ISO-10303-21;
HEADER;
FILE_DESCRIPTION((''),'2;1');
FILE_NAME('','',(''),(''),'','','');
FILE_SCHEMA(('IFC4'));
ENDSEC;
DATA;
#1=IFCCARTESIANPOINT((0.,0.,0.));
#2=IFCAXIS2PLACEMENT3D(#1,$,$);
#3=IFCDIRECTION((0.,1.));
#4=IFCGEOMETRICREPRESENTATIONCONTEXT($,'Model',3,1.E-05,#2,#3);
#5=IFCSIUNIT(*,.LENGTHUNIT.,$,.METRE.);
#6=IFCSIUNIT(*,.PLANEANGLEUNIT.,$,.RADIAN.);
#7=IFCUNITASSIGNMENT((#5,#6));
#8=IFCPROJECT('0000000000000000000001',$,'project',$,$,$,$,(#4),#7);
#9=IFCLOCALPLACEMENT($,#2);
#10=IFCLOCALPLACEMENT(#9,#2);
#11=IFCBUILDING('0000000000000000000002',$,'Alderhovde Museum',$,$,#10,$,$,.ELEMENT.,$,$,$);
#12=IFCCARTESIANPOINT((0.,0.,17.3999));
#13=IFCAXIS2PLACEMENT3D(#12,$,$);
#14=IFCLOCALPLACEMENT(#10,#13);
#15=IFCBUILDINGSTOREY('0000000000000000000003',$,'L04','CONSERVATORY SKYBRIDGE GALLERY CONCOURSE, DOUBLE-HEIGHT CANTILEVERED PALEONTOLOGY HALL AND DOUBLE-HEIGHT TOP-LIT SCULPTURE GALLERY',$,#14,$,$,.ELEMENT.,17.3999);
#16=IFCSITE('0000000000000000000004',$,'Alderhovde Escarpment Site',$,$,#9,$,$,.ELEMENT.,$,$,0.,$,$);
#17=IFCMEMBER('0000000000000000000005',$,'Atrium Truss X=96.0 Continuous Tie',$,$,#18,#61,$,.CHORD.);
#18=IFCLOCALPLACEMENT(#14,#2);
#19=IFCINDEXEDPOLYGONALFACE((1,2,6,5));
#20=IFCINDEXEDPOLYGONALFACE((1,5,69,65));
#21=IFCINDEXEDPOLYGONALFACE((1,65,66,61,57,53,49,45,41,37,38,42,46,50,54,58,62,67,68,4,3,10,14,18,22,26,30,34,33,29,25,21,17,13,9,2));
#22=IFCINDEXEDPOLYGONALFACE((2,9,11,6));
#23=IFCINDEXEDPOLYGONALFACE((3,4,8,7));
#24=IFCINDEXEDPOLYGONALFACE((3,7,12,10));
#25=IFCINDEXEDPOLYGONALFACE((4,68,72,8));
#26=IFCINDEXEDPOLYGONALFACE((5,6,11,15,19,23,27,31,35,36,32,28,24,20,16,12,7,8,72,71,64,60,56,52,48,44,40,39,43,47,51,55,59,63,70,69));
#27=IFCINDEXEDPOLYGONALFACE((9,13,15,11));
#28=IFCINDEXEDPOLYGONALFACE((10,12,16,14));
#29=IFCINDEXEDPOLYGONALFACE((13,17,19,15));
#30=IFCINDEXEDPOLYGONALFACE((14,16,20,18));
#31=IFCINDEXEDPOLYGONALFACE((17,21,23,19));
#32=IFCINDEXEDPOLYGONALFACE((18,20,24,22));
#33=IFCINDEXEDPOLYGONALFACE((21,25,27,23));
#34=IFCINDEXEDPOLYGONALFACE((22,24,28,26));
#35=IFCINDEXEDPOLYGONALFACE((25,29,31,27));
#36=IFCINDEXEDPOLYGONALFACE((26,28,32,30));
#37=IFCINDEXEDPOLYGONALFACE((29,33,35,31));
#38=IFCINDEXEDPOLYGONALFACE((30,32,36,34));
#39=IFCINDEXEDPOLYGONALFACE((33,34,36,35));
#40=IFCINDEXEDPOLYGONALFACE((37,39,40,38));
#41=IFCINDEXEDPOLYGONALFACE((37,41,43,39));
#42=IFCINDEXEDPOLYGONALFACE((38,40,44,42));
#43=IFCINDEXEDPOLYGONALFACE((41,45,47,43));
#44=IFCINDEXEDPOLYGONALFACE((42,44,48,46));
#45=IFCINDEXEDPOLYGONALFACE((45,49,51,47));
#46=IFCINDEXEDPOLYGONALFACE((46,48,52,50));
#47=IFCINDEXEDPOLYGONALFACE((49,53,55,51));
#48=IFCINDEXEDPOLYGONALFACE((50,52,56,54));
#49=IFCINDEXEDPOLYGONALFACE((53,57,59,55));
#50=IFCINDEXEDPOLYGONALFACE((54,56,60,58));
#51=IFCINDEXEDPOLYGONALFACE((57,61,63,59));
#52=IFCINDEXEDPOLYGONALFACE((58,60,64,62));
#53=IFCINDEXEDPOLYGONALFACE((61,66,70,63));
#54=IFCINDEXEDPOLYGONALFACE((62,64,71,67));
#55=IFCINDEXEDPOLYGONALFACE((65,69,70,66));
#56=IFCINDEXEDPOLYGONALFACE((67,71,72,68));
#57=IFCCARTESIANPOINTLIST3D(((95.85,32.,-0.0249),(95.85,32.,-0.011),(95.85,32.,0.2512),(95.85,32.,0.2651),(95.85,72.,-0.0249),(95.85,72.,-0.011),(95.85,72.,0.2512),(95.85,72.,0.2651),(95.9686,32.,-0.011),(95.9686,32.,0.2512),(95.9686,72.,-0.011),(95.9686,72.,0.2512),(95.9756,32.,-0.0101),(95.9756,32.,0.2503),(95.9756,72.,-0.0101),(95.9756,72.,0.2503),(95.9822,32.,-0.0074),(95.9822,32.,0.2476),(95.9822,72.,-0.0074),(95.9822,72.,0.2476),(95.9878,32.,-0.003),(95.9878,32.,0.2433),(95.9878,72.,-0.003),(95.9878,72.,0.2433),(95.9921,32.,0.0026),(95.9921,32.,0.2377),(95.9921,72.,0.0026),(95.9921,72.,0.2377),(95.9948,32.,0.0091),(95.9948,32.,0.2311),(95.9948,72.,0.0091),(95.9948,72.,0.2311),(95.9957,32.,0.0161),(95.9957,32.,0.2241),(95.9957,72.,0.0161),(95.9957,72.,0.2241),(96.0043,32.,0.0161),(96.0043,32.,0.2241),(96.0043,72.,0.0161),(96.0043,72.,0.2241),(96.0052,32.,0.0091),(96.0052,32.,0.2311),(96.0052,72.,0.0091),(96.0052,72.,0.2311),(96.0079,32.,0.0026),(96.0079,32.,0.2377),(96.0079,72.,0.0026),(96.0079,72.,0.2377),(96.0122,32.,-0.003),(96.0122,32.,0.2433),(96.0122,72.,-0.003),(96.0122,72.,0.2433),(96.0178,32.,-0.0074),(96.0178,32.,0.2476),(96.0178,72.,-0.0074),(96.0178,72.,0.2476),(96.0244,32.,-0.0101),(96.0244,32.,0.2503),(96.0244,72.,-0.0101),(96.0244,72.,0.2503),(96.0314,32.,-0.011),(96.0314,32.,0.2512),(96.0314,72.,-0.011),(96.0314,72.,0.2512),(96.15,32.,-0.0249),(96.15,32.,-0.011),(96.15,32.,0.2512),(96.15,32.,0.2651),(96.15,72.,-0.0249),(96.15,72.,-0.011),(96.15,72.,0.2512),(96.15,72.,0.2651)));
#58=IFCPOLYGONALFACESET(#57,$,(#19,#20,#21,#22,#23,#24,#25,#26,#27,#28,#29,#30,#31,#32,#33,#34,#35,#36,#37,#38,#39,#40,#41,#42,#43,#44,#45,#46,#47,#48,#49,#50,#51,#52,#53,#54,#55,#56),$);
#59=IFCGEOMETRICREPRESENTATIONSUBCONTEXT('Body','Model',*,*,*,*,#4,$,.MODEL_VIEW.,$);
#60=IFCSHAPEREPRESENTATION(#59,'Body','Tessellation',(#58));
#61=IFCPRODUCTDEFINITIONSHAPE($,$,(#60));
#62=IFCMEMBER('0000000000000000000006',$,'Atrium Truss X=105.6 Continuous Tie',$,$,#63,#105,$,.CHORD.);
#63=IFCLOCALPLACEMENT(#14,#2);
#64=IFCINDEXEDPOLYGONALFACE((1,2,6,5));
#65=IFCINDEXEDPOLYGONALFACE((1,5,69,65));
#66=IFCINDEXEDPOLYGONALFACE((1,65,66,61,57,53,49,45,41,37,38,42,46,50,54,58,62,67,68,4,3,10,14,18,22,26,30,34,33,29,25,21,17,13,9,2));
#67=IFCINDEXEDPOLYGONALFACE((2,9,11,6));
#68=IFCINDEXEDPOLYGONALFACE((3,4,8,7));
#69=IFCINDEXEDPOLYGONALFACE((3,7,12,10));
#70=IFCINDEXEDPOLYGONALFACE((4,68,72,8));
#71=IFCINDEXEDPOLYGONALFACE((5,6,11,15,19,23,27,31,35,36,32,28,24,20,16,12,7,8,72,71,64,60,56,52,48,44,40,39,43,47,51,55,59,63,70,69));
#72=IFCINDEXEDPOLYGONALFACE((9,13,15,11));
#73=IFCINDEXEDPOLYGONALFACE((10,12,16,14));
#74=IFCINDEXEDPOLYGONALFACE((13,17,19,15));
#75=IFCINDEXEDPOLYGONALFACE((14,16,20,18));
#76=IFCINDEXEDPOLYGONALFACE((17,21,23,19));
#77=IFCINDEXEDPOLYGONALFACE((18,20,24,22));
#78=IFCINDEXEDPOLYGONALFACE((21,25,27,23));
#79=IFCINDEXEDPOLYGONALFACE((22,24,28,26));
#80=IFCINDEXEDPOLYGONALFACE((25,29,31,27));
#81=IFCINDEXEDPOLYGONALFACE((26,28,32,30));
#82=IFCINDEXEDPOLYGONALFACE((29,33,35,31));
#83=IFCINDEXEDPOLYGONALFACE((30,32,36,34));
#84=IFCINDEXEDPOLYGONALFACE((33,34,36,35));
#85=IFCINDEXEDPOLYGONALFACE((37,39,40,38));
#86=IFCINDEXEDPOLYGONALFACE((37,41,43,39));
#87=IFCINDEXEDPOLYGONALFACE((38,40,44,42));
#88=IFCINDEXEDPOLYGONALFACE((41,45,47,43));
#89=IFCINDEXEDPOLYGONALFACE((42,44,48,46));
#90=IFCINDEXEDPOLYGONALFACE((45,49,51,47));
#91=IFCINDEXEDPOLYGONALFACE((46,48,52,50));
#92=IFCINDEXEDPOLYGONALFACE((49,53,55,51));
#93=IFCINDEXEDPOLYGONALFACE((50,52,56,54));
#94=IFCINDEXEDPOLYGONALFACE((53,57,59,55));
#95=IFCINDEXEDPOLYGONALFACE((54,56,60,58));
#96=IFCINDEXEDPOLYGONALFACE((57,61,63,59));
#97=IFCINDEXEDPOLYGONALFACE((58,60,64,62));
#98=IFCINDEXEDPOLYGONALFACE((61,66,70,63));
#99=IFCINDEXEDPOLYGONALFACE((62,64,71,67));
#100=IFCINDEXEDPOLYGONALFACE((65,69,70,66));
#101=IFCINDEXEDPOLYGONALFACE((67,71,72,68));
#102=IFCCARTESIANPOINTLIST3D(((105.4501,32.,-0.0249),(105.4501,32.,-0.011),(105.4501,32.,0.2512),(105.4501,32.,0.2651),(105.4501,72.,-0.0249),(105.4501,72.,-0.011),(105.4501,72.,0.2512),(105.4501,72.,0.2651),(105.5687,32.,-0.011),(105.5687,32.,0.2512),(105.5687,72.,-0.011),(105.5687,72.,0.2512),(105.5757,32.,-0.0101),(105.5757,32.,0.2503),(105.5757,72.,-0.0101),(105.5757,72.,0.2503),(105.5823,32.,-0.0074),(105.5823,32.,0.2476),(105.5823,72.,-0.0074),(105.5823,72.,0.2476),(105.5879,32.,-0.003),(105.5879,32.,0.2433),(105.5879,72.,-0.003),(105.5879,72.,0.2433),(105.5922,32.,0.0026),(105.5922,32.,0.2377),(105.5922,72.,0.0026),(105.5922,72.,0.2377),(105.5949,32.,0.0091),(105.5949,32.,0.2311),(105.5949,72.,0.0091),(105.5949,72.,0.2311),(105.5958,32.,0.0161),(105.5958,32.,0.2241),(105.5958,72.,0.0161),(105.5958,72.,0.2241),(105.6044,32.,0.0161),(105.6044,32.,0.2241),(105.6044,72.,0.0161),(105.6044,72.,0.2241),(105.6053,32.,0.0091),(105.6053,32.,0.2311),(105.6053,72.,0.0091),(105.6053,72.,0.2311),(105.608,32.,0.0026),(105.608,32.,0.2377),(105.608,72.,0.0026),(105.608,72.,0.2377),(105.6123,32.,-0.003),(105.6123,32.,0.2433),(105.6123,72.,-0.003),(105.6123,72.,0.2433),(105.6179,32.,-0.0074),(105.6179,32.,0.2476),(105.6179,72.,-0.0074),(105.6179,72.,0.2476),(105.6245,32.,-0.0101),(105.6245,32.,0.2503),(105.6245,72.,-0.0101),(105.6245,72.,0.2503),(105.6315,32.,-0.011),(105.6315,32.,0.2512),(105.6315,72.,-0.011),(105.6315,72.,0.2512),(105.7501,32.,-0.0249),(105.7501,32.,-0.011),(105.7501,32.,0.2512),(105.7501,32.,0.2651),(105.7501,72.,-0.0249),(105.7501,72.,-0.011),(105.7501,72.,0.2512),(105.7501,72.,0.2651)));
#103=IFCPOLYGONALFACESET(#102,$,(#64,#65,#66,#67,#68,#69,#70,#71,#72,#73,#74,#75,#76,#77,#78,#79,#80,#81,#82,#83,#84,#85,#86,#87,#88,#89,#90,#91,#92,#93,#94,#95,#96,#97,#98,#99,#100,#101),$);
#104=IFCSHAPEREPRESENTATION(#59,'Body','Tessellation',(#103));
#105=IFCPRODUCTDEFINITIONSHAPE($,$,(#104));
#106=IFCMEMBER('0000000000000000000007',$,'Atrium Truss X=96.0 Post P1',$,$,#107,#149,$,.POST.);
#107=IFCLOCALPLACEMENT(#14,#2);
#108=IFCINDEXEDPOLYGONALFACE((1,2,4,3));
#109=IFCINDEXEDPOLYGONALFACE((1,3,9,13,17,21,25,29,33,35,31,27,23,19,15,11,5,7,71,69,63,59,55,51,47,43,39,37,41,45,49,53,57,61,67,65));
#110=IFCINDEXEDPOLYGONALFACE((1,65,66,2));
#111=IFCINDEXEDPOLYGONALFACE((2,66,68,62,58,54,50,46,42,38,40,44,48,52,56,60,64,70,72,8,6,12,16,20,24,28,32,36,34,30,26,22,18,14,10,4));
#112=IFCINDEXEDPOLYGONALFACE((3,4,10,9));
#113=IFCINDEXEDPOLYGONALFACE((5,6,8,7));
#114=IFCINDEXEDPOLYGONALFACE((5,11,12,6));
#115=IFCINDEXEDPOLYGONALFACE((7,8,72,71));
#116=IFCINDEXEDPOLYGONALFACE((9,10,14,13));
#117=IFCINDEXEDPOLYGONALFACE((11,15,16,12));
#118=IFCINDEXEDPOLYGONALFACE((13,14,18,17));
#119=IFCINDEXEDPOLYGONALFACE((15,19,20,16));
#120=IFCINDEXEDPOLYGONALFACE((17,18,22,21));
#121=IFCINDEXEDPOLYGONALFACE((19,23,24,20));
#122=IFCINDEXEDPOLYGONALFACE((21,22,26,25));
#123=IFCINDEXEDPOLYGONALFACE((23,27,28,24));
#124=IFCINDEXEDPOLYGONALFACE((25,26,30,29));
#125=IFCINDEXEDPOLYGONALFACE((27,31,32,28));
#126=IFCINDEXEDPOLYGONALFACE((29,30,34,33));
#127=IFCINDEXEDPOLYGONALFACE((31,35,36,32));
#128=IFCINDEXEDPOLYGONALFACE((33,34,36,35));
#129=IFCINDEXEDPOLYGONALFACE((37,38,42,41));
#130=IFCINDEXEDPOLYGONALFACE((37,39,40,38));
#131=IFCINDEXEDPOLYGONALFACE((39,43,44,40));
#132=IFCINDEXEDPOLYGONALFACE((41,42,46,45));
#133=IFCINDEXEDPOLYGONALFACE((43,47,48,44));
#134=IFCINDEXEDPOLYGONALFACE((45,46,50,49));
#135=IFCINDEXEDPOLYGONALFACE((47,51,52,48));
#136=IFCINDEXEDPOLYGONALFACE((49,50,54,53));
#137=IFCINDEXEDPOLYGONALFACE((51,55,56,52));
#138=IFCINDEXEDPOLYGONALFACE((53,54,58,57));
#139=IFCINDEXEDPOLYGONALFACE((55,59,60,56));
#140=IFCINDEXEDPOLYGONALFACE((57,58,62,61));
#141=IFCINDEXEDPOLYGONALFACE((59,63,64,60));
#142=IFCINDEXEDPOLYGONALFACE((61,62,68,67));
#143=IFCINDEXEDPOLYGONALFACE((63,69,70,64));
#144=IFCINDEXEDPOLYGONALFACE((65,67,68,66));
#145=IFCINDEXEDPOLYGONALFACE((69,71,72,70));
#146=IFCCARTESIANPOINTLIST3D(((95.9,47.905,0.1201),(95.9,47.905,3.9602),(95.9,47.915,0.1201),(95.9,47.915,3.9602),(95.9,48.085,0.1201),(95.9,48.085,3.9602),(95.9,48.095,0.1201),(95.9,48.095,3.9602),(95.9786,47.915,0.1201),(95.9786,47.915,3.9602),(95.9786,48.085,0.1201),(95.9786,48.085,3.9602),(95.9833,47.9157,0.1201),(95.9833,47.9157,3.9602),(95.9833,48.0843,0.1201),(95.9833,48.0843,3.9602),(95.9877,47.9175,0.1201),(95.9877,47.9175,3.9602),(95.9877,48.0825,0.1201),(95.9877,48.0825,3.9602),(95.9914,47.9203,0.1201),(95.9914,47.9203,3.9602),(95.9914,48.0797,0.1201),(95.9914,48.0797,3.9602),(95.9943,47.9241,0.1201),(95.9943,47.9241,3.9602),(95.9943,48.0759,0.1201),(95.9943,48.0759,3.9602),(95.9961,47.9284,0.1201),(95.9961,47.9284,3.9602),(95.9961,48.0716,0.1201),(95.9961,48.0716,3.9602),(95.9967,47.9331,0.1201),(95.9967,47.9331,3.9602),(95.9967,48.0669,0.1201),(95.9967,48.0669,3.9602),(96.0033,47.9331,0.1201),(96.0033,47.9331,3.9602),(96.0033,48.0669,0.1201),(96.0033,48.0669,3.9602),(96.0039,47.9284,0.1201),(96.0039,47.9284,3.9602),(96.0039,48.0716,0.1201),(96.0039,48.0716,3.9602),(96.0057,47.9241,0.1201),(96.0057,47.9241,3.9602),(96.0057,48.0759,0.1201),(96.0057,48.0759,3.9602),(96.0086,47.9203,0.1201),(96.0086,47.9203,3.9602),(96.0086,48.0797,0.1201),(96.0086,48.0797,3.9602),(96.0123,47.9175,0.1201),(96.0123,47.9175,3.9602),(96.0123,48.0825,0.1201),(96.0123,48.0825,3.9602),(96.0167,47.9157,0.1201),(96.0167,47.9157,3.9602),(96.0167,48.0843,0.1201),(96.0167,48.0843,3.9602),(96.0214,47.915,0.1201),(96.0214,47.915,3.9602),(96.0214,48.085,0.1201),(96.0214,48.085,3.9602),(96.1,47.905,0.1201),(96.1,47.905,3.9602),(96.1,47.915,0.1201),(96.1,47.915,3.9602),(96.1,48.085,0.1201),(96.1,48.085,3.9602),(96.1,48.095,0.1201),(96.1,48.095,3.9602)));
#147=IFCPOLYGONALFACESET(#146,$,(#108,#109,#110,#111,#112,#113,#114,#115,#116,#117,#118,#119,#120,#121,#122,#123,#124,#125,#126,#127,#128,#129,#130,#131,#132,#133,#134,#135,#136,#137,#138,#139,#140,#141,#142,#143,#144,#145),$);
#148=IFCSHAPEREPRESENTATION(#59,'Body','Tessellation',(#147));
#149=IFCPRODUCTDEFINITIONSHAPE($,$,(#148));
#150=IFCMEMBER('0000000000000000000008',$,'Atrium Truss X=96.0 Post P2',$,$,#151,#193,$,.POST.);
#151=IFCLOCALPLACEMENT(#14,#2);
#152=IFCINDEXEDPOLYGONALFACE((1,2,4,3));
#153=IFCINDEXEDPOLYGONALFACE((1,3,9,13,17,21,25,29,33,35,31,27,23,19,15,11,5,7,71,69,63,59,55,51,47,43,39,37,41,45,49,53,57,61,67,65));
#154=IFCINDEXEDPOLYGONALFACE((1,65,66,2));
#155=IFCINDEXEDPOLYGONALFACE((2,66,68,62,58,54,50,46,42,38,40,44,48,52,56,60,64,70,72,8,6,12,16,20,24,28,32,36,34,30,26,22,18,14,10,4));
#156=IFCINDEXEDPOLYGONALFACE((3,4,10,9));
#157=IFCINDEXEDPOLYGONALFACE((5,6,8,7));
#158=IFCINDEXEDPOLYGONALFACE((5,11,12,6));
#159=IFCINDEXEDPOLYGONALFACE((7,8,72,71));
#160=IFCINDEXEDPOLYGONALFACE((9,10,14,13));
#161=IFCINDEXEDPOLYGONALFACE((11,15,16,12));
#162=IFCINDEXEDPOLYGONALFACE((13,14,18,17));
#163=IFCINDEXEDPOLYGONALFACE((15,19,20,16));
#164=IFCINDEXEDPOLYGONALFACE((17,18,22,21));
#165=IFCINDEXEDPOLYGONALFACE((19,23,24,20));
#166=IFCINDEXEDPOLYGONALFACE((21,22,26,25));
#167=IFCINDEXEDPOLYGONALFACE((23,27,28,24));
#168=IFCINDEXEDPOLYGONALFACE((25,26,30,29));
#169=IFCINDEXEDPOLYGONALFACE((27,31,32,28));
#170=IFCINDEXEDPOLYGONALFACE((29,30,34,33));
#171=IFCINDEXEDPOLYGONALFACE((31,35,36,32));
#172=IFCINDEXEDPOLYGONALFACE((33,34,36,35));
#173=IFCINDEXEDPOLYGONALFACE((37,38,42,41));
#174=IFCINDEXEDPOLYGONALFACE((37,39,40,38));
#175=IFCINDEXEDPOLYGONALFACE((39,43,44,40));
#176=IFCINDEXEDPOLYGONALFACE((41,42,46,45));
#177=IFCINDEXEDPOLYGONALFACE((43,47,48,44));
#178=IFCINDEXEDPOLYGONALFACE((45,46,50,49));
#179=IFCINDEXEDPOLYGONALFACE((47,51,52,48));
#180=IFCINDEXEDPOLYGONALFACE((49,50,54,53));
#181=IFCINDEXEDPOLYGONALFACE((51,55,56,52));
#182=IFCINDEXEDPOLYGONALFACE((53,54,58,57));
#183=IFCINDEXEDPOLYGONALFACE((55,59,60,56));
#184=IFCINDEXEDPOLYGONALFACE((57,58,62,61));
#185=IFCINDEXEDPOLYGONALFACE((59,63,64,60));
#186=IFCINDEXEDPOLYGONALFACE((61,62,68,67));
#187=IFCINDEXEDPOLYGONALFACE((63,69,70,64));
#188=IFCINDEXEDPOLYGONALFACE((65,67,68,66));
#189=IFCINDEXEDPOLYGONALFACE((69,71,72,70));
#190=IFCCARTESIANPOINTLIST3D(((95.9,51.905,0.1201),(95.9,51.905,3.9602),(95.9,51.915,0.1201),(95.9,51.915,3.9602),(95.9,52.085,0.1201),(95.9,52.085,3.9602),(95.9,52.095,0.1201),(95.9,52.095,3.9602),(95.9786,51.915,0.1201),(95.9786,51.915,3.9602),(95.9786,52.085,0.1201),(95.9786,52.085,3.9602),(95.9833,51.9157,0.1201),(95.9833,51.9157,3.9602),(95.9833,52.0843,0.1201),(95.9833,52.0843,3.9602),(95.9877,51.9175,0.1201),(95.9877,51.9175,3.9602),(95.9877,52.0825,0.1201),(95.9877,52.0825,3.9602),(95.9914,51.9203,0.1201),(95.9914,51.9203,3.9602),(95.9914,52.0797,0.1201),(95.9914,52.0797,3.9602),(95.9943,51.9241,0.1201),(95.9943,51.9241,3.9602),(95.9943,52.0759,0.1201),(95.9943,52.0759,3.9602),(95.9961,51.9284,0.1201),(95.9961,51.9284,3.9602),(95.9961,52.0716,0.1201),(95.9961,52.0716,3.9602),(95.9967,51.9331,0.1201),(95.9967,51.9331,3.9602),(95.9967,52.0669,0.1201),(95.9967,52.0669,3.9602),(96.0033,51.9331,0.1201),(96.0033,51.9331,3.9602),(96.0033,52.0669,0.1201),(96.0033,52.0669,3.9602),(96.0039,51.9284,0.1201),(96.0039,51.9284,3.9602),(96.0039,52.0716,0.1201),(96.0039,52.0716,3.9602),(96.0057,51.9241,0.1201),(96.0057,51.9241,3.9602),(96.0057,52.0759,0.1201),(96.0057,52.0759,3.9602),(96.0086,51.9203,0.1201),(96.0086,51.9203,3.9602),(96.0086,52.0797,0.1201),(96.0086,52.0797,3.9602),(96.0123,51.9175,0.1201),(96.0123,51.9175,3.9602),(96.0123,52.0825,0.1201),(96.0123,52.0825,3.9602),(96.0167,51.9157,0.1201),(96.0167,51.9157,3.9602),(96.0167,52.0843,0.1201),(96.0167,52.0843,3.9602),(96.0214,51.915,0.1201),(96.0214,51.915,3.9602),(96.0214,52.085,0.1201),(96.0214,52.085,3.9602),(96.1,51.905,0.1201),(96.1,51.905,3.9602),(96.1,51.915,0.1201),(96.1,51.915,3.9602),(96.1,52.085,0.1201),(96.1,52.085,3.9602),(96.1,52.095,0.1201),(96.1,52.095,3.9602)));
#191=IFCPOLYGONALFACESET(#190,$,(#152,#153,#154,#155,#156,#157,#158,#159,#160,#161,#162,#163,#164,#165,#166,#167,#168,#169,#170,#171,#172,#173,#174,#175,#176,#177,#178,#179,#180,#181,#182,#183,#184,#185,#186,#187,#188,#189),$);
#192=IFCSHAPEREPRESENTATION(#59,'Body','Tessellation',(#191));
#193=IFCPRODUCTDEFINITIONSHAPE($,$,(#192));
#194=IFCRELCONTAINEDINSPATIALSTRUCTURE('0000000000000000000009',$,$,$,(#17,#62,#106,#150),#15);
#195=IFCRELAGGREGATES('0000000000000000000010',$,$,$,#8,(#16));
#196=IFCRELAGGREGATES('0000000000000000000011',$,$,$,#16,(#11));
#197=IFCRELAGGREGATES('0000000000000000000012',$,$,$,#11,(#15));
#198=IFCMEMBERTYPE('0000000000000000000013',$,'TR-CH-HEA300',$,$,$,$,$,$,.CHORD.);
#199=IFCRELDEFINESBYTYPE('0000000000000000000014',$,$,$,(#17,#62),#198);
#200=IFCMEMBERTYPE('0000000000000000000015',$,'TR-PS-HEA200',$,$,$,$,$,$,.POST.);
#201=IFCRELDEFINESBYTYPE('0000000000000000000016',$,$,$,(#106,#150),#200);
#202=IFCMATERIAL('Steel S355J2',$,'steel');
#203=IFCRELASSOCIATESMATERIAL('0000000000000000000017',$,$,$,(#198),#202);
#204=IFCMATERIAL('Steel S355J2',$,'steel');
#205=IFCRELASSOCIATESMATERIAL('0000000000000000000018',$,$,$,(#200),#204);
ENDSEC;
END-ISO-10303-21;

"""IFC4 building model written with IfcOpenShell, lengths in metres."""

from ifc_helpers import new_model, si_unit, direction, frame, origin, origin_2d, place, context, subcontext, project, spatial, i_section, extrude, material, material_profile, profile_set, type_object, element, save


model = new_model("IFC4")

# Units and contexts
model_context = context("Model", 3, precision=1e-05, world=origin(), true_north=direction((0.0, 1.0)))
body_context = subcontext(model_context, "Body", "Model", "MODEL_VIEW")
ifc_project = project(units=[si_unit("LENGTHUNIT", "METRE"), si_unit("PLANEANGLEUNIT", "RADIAN")], contexts=[model_context])

# Site, building, storey
site_placement = place(None, origin())
site = spatial("IfcSite", under=ifc_project, at=site_placement, Name="Alderhovde Escarpment Site", CompositionType="ELEMENT", RefElevation=0.0)
building_placement = place(site_placement, origin())
building = spatial("IfcBuilding", under=site, at=building_placement, Name="Alderhovde Museum", CompositionType="ELEMENT")
storey_placement = place(building_placement, frame((0.0, 0.0, 17.3999)))
storey = spatial("IfcBuildingStorey", under=building, at=storey_placement, Name="L04", Description="CONSERVATORY SKYBRIDGE GALLERY CONCOURSE, DOUBLE-HEIGHT CANTILEVERED PALEONTOLOGY HALL AND DOUBLE-HEIGHT TOP-LIT SCULPTURE GALLERY", CompositionType="ELEMENT", Elevation=17.3999)

# Members
ifc_material_1 = material(Name="Steel S355J2", Category="steel")
ifc_material_profile_1 = material_profile(ifc_material_1, i_section(OverallWidth=0.3, OverallDepth=0.29, WebThickness=0.0085, FlangeThickness=0.0139, FilletRadius=0.0271, at=origin_2d()), Name="HEA 300")
ifc_profile_set_1 = profile_set([ifc_material_profile_1], Name="Steel S355J2")
member_type_1 = type_object("IfcMemberType", Name="TR-CH-HEA300", PredefinedType="CHORD", material=ifc_profile_set_1)
for number, where, z_axis, x_axis, name in (
    (1, (96.0, 32.0, 0.1201), (0.0, 1.0, 0.0), (-1.0, 0.0, 0.0), "Atrium Truss X=96.0 Continuous Tie"),
    (2, (105.6001, 32.0, 0.1201), (0.0, 1.0, 0.0), (-1.0, 0.0, 0.0), "Atrium Truss X=105.6 Continuous Tie"),
):
    element("IfcMember", number, at=place(storey_placement, frame(where, z_axis=z_axis, x_axis=x_axis)), inside=storey, type_object=member_type_1, Name=name, PredefinedType="CHORD", context=body_context, shape_type="SweptSolid", body=[
        extrude(i_section(OverallWidth=0.3, OverallDepth=0.29, WebThickness=0.0085, FlangeThickness=0.0139, FilletRadius=0.0271, at=origin_2d()), origin(), (0.0, 0.0, 1.0), 40.0),
    ])
ifc_material_2 = material(Name="Steel S355J2", Category="steel")
ifc_material_profile_2 = material_profile(ifc_material_2, i_section(OverallWidth=0.2, OverallDepth=0.1899, WebThickness=0.0066, FlangeThickness=0.01, FilletRadius=0.0181, at=origin_2d()), Name="HEA 200")
ifc_profile_set_2 = profile_set([ifc_material_profile_2], Name="Steel S355J2")
member_type_2 = type_object("IfcMemberType", Name="TR-PS-HEA200", PredefinedType="POST", material=ifc_profile_set_2)
for number, where, z_axis, x_axis, name in (
    (3, (96.0, 48.0, 0.1201), (0.0, 0.0, 1.0), (1.0, 0.0, 0.0), "Atrium Truss X=96.0 Post P1"),
    (4, (96.0, 52.0, 0.1201), (0.0, 0.0, 1.0), (1.0, 0.0, 0.0), "Atrium Truss X=96.0 Post P2"),
):
    element("IfcMember", number, at=place(storey_placement, frame(where, z_axis=z_axis, x_axis=x_axis)), inside=storey, type_object=member_type_2, Name=name, PredefinedType="POST", context=body_context, shape_type="SweptSolid", body=[
        extrude(i_section(OverallWidth=0.2, OverallDepth=0.1899, WebThickness=0.0066, FlangeThickness=0.01, FilletRadius=0.0181, at=origin_2d()), origin(), (0.0, 0.0, 1.0), 3.8401),
    ])

save(model, "model.ifc")
